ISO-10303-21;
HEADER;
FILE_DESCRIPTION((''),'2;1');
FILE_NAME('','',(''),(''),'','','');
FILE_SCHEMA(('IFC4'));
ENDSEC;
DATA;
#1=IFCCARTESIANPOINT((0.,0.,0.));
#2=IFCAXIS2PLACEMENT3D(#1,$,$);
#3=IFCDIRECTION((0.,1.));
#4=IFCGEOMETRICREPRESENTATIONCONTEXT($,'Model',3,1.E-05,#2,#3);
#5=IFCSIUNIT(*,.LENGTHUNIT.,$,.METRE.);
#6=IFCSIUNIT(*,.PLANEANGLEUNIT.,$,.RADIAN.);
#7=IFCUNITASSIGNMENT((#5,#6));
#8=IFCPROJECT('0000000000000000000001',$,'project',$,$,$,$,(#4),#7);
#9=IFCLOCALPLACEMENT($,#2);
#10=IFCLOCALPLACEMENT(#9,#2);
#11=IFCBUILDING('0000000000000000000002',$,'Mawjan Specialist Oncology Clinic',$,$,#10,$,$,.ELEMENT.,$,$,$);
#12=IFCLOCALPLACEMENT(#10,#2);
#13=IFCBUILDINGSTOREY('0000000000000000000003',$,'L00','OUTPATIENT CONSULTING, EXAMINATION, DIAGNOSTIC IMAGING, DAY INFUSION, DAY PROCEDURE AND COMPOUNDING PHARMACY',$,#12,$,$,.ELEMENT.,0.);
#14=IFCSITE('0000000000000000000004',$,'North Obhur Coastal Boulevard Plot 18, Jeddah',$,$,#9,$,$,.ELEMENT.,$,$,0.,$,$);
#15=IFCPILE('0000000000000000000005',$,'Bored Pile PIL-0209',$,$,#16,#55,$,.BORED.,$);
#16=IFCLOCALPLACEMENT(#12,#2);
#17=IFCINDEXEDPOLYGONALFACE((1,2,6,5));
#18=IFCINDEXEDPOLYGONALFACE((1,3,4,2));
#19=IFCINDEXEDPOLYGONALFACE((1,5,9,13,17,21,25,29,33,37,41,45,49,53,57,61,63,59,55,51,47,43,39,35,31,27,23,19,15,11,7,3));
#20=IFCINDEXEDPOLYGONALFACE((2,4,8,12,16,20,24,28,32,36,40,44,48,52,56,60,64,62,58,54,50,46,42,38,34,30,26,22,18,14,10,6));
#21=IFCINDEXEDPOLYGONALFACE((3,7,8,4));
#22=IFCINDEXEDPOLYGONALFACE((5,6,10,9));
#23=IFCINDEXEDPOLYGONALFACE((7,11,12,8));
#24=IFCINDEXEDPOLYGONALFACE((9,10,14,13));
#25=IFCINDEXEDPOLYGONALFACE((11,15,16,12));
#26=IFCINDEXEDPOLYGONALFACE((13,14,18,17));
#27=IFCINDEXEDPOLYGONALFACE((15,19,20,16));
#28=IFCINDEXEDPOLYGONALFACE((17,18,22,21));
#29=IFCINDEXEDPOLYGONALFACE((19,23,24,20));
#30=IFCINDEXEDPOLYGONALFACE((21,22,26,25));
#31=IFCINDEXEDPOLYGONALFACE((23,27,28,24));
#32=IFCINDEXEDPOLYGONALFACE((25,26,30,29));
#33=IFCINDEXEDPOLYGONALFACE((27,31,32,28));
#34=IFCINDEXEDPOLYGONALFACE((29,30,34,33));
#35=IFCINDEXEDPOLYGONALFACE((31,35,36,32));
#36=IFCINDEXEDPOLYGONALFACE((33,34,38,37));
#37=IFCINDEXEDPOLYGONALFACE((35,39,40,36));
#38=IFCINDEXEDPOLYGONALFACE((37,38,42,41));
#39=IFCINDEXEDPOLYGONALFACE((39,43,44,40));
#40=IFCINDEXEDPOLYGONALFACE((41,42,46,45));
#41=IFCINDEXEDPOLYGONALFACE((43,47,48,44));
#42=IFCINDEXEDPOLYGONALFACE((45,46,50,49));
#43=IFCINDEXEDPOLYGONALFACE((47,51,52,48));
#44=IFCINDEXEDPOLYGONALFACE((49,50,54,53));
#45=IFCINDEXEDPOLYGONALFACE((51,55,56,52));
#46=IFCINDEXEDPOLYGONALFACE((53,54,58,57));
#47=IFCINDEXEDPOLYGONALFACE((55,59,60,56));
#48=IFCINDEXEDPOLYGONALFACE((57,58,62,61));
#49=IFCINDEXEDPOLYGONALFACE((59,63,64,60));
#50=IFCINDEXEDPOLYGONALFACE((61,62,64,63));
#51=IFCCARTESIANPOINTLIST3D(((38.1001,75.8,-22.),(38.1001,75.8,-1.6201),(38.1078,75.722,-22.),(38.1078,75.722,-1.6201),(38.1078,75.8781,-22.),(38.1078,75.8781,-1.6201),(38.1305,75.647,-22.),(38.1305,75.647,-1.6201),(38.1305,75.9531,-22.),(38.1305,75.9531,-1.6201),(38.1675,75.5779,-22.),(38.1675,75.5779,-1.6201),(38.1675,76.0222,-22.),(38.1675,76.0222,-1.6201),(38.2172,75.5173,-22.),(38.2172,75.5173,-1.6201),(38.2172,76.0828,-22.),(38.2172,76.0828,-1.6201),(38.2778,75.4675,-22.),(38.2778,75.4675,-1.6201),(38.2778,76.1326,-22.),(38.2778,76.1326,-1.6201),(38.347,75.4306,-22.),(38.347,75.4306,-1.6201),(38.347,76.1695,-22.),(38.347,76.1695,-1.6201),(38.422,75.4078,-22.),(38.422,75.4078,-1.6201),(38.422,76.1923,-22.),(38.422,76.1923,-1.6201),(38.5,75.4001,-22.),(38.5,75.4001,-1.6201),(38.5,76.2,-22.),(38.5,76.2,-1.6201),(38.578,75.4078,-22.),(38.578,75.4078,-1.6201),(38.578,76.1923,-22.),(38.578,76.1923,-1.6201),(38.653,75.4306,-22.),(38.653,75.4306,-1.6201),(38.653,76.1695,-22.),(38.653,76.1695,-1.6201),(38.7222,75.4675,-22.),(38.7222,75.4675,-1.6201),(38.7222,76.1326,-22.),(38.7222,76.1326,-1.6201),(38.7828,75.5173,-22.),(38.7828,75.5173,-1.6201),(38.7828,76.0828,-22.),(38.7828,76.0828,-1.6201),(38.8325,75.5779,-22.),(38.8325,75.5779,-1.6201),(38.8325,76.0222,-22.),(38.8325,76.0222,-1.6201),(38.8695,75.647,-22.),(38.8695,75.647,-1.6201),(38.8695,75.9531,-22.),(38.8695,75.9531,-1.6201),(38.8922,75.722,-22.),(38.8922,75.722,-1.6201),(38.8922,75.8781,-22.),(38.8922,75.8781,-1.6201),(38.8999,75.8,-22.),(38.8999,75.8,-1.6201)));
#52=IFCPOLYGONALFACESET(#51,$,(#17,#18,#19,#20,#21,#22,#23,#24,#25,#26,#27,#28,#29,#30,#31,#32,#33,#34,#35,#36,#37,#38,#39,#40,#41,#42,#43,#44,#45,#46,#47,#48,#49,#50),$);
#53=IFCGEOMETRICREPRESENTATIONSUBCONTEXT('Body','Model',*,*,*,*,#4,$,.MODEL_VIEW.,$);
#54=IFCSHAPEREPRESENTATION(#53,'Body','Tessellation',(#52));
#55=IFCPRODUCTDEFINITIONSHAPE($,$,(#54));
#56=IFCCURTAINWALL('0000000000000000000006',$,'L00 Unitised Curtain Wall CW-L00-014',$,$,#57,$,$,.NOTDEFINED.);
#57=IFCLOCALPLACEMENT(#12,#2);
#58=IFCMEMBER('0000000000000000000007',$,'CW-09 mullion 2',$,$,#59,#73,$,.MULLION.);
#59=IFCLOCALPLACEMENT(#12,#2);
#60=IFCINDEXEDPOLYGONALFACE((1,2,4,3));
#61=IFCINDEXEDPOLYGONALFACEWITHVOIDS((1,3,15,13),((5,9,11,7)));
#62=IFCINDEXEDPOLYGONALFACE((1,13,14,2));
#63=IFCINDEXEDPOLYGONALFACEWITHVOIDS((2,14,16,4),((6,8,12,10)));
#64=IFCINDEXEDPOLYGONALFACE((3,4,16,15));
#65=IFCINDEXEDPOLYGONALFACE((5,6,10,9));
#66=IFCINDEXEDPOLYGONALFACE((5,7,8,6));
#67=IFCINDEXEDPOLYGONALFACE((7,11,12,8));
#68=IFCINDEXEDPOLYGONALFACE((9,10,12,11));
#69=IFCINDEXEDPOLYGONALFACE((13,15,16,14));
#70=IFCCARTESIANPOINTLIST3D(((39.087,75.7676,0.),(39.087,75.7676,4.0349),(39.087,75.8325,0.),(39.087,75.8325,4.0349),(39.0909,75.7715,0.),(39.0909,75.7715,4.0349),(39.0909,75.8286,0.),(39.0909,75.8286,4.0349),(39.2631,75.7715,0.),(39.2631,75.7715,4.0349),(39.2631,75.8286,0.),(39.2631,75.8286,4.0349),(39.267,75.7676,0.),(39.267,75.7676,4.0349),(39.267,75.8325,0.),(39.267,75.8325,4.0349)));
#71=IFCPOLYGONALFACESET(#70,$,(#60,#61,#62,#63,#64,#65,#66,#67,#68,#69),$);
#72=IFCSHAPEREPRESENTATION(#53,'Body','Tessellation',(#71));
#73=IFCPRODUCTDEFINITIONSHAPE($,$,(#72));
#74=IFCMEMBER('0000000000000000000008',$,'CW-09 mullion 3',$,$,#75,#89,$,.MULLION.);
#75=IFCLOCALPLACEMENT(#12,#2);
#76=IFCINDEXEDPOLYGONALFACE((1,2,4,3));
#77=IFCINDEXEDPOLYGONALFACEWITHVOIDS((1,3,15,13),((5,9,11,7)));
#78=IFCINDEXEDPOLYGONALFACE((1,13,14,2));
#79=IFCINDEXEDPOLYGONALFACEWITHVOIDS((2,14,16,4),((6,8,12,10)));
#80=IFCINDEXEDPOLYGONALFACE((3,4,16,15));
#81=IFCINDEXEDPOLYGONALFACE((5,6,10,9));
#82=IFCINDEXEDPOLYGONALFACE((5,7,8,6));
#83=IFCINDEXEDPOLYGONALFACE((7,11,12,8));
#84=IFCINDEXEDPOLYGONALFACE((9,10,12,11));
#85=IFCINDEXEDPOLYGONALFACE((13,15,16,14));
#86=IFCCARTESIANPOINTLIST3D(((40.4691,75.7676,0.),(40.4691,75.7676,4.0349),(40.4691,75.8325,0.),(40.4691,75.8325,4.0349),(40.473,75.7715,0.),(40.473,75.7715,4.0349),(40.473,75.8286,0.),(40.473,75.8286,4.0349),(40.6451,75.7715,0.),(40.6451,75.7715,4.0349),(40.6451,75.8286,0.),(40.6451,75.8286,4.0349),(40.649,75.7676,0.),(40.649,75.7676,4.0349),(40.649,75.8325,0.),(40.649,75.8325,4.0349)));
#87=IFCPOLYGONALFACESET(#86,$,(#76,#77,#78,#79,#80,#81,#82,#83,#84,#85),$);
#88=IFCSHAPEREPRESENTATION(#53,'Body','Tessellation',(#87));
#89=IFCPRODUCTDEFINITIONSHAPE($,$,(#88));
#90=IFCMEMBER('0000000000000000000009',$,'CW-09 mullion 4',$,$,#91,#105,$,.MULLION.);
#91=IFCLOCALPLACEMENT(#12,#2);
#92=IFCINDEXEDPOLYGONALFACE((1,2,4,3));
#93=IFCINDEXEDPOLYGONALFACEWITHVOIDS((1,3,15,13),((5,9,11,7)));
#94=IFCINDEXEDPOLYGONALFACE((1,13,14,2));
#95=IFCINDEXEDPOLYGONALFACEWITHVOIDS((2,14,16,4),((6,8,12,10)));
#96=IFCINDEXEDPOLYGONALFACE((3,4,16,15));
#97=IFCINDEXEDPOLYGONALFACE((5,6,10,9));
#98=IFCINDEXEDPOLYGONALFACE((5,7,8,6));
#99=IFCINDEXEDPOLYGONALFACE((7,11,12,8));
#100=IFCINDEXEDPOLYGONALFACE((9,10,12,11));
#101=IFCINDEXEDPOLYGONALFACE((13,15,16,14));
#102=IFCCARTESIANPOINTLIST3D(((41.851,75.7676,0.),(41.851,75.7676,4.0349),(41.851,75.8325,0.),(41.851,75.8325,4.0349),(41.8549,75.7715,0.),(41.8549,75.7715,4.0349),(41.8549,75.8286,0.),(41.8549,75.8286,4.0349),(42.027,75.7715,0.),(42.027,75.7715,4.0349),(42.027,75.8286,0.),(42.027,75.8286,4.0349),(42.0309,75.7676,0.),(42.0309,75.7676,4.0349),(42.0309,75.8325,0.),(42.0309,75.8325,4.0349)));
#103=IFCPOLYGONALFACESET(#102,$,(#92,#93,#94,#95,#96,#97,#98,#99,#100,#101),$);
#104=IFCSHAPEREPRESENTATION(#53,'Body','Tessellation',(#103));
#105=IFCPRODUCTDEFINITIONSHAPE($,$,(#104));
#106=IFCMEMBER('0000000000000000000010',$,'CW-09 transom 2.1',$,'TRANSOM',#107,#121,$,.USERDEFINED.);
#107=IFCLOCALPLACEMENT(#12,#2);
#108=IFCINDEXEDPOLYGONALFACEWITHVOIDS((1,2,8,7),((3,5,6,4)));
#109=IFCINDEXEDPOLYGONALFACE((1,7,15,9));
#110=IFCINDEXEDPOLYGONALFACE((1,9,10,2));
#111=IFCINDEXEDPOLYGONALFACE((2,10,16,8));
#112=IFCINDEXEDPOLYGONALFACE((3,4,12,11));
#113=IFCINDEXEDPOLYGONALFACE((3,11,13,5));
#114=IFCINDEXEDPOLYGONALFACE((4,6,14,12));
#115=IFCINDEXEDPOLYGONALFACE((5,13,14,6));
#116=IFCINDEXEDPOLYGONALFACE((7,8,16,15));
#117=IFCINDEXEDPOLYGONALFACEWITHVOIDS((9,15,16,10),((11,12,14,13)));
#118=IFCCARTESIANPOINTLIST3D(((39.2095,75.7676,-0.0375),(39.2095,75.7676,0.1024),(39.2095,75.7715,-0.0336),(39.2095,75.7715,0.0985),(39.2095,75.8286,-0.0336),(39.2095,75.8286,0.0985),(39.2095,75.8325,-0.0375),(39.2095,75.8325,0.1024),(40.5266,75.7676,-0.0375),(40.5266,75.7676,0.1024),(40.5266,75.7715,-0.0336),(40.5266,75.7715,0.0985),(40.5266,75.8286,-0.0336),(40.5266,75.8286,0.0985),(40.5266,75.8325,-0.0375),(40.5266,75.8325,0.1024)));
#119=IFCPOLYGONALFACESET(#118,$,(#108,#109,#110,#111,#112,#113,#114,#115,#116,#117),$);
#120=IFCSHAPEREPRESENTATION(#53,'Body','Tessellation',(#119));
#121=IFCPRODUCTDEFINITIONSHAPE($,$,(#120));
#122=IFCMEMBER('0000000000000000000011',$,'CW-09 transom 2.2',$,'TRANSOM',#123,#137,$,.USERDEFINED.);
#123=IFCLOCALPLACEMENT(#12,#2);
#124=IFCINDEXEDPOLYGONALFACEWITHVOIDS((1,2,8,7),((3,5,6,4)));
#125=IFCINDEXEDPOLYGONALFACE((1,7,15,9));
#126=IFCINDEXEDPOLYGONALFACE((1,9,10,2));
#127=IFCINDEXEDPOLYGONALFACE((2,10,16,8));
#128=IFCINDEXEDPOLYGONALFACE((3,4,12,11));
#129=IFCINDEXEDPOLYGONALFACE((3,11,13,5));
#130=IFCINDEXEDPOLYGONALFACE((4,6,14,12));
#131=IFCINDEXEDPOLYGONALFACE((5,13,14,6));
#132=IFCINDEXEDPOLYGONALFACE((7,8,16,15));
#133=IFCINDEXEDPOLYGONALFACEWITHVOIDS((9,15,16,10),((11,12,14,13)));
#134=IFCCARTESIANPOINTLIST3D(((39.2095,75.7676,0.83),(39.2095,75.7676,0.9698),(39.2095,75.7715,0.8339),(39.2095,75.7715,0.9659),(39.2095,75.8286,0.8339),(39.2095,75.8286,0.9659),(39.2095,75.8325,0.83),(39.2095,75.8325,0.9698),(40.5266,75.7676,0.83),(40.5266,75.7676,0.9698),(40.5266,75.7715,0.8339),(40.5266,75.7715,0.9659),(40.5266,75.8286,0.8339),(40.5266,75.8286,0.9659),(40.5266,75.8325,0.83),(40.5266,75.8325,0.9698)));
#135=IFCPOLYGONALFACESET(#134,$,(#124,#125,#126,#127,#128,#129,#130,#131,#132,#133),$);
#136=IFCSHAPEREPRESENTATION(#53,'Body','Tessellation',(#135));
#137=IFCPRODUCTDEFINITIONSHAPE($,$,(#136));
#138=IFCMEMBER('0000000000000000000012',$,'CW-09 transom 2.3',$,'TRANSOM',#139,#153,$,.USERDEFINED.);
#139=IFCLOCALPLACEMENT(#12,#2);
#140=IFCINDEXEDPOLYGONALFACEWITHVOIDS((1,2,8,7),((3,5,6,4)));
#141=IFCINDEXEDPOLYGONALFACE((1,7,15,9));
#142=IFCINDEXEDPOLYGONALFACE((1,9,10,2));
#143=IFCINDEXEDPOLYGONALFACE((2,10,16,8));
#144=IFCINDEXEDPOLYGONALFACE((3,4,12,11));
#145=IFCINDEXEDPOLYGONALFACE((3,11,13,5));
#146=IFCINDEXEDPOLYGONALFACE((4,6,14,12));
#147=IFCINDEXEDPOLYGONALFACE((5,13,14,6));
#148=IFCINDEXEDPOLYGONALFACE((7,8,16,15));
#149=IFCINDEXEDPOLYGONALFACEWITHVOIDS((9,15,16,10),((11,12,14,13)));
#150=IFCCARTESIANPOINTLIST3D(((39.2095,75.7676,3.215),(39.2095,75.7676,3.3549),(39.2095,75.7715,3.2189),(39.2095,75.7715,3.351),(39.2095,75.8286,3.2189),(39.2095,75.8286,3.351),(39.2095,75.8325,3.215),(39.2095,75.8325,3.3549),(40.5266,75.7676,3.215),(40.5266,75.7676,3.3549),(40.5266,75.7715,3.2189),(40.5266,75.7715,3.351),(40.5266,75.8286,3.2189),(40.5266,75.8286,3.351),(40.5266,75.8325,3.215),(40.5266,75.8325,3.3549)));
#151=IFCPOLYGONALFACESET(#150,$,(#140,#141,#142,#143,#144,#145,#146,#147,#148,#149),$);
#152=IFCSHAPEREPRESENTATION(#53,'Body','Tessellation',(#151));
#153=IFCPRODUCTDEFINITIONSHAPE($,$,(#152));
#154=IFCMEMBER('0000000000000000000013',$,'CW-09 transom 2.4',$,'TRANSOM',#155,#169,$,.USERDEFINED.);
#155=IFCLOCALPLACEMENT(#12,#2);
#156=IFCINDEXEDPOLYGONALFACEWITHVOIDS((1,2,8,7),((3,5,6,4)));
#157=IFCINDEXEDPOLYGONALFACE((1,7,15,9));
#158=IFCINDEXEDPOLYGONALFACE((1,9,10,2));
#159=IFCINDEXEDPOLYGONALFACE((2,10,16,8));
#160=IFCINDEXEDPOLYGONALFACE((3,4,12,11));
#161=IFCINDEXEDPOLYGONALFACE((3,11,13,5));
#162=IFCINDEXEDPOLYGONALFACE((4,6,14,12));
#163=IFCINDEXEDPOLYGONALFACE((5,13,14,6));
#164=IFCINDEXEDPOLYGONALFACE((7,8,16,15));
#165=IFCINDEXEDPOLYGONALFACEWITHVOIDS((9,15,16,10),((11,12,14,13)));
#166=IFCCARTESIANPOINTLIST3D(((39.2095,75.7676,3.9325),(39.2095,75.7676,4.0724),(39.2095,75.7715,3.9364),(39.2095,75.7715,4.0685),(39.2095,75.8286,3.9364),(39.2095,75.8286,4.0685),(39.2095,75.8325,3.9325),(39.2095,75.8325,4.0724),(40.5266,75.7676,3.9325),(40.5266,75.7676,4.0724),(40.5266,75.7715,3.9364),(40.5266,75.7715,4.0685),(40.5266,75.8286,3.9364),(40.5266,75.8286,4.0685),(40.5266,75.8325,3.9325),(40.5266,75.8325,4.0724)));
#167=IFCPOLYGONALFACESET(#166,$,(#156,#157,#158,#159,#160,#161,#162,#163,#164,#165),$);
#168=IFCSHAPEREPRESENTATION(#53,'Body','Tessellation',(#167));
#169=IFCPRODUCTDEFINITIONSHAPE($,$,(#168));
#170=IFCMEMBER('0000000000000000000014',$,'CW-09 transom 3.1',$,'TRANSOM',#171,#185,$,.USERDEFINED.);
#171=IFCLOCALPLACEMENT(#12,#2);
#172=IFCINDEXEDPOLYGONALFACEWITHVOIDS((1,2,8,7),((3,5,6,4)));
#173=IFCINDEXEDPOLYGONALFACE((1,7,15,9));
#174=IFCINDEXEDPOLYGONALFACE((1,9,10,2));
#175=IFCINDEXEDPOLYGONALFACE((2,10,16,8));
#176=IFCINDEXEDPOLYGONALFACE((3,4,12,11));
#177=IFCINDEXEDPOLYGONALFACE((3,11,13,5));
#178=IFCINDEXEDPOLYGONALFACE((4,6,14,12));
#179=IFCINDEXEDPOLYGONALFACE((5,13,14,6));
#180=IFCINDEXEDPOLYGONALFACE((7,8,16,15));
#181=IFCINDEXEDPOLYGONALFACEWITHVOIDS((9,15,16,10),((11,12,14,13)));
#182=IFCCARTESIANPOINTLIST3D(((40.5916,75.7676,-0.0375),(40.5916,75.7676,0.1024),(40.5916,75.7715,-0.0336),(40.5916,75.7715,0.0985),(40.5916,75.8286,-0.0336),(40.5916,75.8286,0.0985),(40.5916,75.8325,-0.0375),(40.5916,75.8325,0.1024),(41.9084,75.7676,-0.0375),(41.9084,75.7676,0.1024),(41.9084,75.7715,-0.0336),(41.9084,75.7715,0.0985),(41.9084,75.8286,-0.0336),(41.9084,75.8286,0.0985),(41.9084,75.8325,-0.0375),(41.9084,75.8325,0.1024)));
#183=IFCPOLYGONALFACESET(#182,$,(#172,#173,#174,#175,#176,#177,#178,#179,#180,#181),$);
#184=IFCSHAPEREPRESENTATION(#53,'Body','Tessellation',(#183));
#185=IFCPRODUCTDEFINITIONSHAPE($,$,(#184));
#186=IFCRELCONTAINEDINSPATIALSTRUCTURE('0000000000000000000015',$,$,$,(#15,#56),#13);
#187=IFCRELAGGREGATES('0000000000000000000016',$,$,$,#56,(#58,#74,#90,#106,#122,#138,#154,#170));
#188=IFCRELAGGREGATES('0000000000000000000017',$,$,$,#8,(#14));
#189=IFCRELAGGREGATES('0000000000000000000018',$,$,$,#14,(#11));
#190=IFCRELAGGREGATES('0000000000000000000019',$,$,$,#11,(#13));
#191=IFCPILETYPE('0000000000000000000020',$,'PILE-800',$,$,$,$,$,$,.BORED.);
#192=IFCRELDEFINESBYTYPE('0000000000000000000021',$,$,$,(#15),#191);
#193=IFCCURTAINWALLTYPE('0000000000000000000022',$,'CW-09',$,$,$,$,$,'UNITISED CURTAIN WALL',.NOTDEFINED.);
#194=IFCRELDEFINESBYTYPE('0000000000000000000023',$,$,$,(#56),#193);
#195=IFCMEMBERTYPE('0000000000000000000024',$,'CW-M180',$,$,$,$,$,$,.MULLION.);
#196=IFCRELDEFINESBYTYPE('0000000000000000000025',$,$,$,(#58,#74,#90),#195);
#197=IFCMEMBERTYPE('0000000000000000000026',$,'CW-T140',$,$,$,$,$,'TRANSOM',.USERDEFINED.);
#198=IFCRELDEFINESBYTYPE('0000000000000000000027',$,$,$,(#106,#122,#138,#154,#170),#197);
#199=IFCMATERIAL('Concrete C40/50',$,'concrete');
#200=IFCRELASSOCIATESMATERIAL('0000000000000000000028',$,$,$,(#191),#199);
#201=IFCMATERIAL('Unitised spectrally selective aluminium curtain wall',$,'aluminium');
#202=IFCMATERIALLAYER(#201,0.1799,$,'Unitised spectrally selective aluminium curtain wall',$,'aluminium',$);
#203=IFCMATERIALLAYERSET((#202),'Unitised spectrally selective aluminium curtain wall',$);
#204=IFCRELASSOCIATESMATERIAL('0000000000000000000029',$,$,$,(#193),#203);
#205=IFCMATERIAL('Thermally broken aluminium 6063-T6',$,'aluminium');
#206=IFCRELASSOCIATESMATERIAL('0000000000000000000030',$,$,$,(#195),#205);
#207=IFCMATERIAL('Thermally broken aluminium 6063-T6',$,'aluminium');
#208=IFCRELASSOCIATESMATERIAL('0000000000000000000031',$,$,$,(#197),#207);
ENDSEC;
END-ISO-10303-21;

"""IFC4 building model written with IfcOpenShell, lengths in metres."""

from ifc_helpers import new_model, si_unit, direction, frame, origin, origin_2d, place, context, subcontext, project, spatial, hollow_rectangle, circle, extrude, material, layer, layer_set, material_profile, profile_set, type_object, element, aggregate, save


model = new_model("IFC4")

# Units and contexts
model_context = context("Model", 3, precision=1e-05, world=origin(), true_north=direction((0.0, 1.0)))
body_context = subcontext(model_context, "Body", "Model", "MODEL_VIEW")
ifc_project = project(units=[si_unit("LENGTHUNIT", "METRE"), si_unit("PLANEANGLEUNIT", "RADIAN")], contexts=[model_context])

# Site, building, storey
site_placement = place(None, origin())
site = spatial("IfcSite", under=ifc_project, at=site_placement, Name="North Obhur Coastal Boulevard Plot 18, Jeddah", CompositionType="ELEMENT", RefElevation=0.0)
building_placement = place(site_placement, origin())
building = spatial("IfcBuilding", under=site, at=building_placement, Name="Mawjan Specialist Oncology Clinic", CompositionType="ELEMENT")
storey_placement = place(building_placement, origin())
storey = spatial("IfcBuildingStorey", under=building, at=storey_placement, Name="L00", Description="OUTPATIENT CONSULTING, EXAMINATION, DIAGNOSTIC IMAGING, DAY INFUSION, DAY PROCEDURE AND COMPOUNDING PHARMACY", CompositionType="ELEMENT", Elevation=0.0)

# Pile
ifc_material_1 = material(Name="Concrete C40/50", Category="concrete")
ifc_material_profile_1 = material_profile(ifc_material_1, circle(Radius=0.3999, at=origin_2d()), Name="BORED PILE D800", Category="concrete")
ifc_profile_set_1 = profile_set([ifc_material_profile_1], Name="Concrete C40/50")
pile_type = type_object("IfcPileType", Name="PILE-800", PredefinedType="BORED", material=ifc_profile_set_1)
pile_placement = place(storey_placement, frame((38.5, 75.8, -1.6201), z_axis=(0.0, 0.0, -1.0), x_axis=(1.0, 0.0, 0.0)))
element("IfcPile", 1, at=pile_placement, inside=storey, type_object=pile_type, Name="Bored Pile PIL-0209", PredefinedType="BORED", context=body_context, shape_type="SweptSolid", body=[
    extrude(circle(Radius=0.3999, at=origin_2d()), origin(), (0.0, 0.0, 1.0), 20.3799),
])

# Curtain wall, members
ifc_material_2 = material(Name="Unitised spectrally selective aluminium curtain wall", Category="aluminium")
ifc_layer_1 = layer(ifc_material_2, 0.1799, Name="Unitised spectrally selective aluminium curtain wall", Category="aluminium")
ifc_layer_set_1 = layer_set([ifc_layer_1], Name="Unitised spectrally selective aluminium curtain wall")
curtain_wall_type = type_object("IfcCurtainWallType", Name="CW-09", ElementType="UNITISED CURTAIN WALL", PredefinedType="NOTDEFINED", material=ifc_layer_set_1)
curtain_wall_placement = place(storey_placement, origin())
curtain_wall = element("IfcCurtainWall", 2, at=curtain_wall_placement, inside=storey, type_object=curtain_wall_type, Name="L00 Unitised Curtain Wall CW-L00-014", PredefinedType="NOTDEFINED")
ifc_material_3 = material(Name="Thermally broken aluminium 6063-T6", Category="aluminium")
ifc_material_profile_2 = material_profile(ifc_material_3, hollow_rectangle(XDim=0.0649, YDim=0.1799, WallThickness=0.0039, at=origin_2d()), Name="ALU MULLION 180x65x4", Category="aluminium")
ifc_profile_set_2 = profile_set([ifc_material_profile_2], Name="Thermally broken aluminium 6063-T6")
member_type_1 = type_object("IfcMemberType", Name="CW-M180", PredefinedType="MULLION", material=ifc_profile_set_2)
member_1_placement = place(storey_placement, frame((39.177, 75.8, 0.0), z_axis=(0.0, 0.0, 1.0), x_axis=(0.0, 1.0, 0.0)))
member_1 = element("IfcMember", 3, at=member_1_placement, type_object=member_type_1, Name="CW-09 mullion 2", PredefinedType="MULLION", context=body_context, shape_type="SweptSolid", body=[
    extrude(hollow_rectangle(XDim=0.0649, YDim=0.1799, WallThickness=0.0039, at=origin_2d()), origin(), (0.0, 0.0, 1.0), 4.0349),
])
member_2_placement = place(storey_placement, frame((40.5591, 75.8, 0.0), z_axis=(0.0, 0.0, 1.0), x_axis=(0.0, 1.0, 0.0)))
member_2 = element("IfcMember", 4, at=member_2_placement, type_object=member_type_1, Name="CW-09 mullion 3", PredefinedType="MULLION", context=body_context, shape_type="SweptSolid", body=[
    extrude(hollow_rectangle(XDim=0.0649, YDim=0.1799, WallThickness=0.0039, at=origin_2d()), origin(), (0.0, 0.0, 1.0), 4.0349),
])
member_3_placement = place(storey_placement, frame((41.9409, 75.8, 0.0), z_axis=(0.0, 0.0, 1.0), x_axis=(0.0, 1.0, 0.0)))
member_3 = element("IfcMember", 5, at=member_3_placement, type_object=member_type_1, Name="CW-09 mullion 4", PredefinedType="MULLION", context=body_context, shape_type="SweptSolid", body=[
    extrude(hollow_rectangle(XDim=0.0649, YDim=0.1799, WallThickness=0.0039, at=origin_2d()), origin(), (0.0, 0.0, 1.0), 4.0349),
])
ifc_material_4 = material(Name="Thermally broken aluminium 6063-T6", Category="aluminium")
ifc_material_profile_3 = material_profile(ifc_material_4, hollow_rectangle(XDim=0.0649, YDim=0.1399, WallThickness=0.0039, at=origin_2d()), Name="ALU TRANSOM 140x65x4", Category="aluminium")
ifc_profile_set_3 = profile_set([ifc_material_profile_3], Name="Thermally broken aluminium 6063-T6")
member_type_2 = type_object("IfcMemberType", Name="CW-T140", ElementType="TRANSOM", PredefinedType="USERDEFINED", material=ifc_profile_set_3)
member_4_placement = place(storey_placement, frame((39.2095, 75.8, 0.0325), z_axis=(1.0, 0.0, 0.0), x_axis=(0.0, 1.0, 0.0)))
member_4 = element("IfcMember", 6, at=member_4_placement, type_object=member_type_2, Name="CW-09 transom 2.1", ObjectType="TRANSOM", PredefinedType="USERDEFINED", context=body_context, shape_type="SweptSolid", body=[
    extrude(hollow_rectangle(XDim=0.0649, YDim=0.1399, WallThickness=0.0039, at=origin_2d()), origin(), (0.0, 0.0, 1.0), 1.3171),
])
member_5_placement = place(storey_placement, frame((39.2095, 75.8, 0.8999), z_axis=(1.0, 0.0, 0.0), x_axis=(0.0, 1.0, 0.0)))
member_5 = element("IfcMember", 7, at=member_5_placement, type_object=member_type_2, Name="CW-09 transom 2.2", ObjectType="TRANSOM", PredefinedType="USERDEFINED", context=body_context, shape_type="SweptSolid", body=[
    extrude(hollow_rectangle(XDim=0.0649, YDim=0.1399, WallThickness=0.0039, at=origin_2d()), origin(), (0.0, 0.0, 1.0), 1.3171),
])
member_6_placement = place(storey_placement, frame((39.2095, 75.8, 3.2849), z_axis=(1.0, 0.0, 0.0), x_axis=(0.0, 1.0, 0.0)))
member_6 = element("IfcMember", 8, at=member_6_placement, type_object=member_type_2, Name="CW-09 transom 2.3", ObjectType="TRANSOM", PredefinedType="USERDEFINED", context=body_context, shape_type="SweptSolid", body=[
    extrude(hollow_rectangle(XDim=0.0649, YDim=0.1399, WallThickness=0.0039, at=origin_2d()), origin(), (0.0, 0.0, 1.0), 1.3171),
])
member_7_placement = place(storey_placement, frame((39.2095, 75.8, 4.0024), z_axis=(1.0, 0.0, 0.0), x_axis=(0.0, 1.0, 0.0)))
member_7 = element("IfcMember", 9, at=member_7_placement, type_object=member_type_2, Name="CW-09 transom 2.4", ObjectType="TRANSOM", PredefinedType="USERDEFINED", context=body_context, shape_type="SweptSolid", body=[
    extrude(hollow_rectangle(XDim=0.0649, YDim=0.1399, WallThickness=0.0039, at=origin_2d()), origin(), (0.0, 0.0, 1.0), 1.3171),
])
member_8_placement = place(storey_placement, frame((40.5916, 75.8, 0.0325), z_axis=(1.0, 0.0, 0.0), x_axis=(0.0, 1.0, 0.0)))
member_8 = element("IfcMember", 10, at=member_8_placement, type_object=member_type_2, Name="CW-09 transom 3.1", ObjectType="TRANSOM", PredefinedType="USERDEFINED", context=body_context, shape_type="SweptSolid", body=[
    extrude(hollow_rectangle(XDim=0.0649, YDim=0.1399, WallThickness=0.0039, at=origin_2d()), origin(), (0.0, 0.0, 1.0), 1.3169),
])
aggregate(curtain_wall, [member_1, member_2, member_3, member_4, member_5, member_6, member_7, member_8])

save(model, "model.ifc")
